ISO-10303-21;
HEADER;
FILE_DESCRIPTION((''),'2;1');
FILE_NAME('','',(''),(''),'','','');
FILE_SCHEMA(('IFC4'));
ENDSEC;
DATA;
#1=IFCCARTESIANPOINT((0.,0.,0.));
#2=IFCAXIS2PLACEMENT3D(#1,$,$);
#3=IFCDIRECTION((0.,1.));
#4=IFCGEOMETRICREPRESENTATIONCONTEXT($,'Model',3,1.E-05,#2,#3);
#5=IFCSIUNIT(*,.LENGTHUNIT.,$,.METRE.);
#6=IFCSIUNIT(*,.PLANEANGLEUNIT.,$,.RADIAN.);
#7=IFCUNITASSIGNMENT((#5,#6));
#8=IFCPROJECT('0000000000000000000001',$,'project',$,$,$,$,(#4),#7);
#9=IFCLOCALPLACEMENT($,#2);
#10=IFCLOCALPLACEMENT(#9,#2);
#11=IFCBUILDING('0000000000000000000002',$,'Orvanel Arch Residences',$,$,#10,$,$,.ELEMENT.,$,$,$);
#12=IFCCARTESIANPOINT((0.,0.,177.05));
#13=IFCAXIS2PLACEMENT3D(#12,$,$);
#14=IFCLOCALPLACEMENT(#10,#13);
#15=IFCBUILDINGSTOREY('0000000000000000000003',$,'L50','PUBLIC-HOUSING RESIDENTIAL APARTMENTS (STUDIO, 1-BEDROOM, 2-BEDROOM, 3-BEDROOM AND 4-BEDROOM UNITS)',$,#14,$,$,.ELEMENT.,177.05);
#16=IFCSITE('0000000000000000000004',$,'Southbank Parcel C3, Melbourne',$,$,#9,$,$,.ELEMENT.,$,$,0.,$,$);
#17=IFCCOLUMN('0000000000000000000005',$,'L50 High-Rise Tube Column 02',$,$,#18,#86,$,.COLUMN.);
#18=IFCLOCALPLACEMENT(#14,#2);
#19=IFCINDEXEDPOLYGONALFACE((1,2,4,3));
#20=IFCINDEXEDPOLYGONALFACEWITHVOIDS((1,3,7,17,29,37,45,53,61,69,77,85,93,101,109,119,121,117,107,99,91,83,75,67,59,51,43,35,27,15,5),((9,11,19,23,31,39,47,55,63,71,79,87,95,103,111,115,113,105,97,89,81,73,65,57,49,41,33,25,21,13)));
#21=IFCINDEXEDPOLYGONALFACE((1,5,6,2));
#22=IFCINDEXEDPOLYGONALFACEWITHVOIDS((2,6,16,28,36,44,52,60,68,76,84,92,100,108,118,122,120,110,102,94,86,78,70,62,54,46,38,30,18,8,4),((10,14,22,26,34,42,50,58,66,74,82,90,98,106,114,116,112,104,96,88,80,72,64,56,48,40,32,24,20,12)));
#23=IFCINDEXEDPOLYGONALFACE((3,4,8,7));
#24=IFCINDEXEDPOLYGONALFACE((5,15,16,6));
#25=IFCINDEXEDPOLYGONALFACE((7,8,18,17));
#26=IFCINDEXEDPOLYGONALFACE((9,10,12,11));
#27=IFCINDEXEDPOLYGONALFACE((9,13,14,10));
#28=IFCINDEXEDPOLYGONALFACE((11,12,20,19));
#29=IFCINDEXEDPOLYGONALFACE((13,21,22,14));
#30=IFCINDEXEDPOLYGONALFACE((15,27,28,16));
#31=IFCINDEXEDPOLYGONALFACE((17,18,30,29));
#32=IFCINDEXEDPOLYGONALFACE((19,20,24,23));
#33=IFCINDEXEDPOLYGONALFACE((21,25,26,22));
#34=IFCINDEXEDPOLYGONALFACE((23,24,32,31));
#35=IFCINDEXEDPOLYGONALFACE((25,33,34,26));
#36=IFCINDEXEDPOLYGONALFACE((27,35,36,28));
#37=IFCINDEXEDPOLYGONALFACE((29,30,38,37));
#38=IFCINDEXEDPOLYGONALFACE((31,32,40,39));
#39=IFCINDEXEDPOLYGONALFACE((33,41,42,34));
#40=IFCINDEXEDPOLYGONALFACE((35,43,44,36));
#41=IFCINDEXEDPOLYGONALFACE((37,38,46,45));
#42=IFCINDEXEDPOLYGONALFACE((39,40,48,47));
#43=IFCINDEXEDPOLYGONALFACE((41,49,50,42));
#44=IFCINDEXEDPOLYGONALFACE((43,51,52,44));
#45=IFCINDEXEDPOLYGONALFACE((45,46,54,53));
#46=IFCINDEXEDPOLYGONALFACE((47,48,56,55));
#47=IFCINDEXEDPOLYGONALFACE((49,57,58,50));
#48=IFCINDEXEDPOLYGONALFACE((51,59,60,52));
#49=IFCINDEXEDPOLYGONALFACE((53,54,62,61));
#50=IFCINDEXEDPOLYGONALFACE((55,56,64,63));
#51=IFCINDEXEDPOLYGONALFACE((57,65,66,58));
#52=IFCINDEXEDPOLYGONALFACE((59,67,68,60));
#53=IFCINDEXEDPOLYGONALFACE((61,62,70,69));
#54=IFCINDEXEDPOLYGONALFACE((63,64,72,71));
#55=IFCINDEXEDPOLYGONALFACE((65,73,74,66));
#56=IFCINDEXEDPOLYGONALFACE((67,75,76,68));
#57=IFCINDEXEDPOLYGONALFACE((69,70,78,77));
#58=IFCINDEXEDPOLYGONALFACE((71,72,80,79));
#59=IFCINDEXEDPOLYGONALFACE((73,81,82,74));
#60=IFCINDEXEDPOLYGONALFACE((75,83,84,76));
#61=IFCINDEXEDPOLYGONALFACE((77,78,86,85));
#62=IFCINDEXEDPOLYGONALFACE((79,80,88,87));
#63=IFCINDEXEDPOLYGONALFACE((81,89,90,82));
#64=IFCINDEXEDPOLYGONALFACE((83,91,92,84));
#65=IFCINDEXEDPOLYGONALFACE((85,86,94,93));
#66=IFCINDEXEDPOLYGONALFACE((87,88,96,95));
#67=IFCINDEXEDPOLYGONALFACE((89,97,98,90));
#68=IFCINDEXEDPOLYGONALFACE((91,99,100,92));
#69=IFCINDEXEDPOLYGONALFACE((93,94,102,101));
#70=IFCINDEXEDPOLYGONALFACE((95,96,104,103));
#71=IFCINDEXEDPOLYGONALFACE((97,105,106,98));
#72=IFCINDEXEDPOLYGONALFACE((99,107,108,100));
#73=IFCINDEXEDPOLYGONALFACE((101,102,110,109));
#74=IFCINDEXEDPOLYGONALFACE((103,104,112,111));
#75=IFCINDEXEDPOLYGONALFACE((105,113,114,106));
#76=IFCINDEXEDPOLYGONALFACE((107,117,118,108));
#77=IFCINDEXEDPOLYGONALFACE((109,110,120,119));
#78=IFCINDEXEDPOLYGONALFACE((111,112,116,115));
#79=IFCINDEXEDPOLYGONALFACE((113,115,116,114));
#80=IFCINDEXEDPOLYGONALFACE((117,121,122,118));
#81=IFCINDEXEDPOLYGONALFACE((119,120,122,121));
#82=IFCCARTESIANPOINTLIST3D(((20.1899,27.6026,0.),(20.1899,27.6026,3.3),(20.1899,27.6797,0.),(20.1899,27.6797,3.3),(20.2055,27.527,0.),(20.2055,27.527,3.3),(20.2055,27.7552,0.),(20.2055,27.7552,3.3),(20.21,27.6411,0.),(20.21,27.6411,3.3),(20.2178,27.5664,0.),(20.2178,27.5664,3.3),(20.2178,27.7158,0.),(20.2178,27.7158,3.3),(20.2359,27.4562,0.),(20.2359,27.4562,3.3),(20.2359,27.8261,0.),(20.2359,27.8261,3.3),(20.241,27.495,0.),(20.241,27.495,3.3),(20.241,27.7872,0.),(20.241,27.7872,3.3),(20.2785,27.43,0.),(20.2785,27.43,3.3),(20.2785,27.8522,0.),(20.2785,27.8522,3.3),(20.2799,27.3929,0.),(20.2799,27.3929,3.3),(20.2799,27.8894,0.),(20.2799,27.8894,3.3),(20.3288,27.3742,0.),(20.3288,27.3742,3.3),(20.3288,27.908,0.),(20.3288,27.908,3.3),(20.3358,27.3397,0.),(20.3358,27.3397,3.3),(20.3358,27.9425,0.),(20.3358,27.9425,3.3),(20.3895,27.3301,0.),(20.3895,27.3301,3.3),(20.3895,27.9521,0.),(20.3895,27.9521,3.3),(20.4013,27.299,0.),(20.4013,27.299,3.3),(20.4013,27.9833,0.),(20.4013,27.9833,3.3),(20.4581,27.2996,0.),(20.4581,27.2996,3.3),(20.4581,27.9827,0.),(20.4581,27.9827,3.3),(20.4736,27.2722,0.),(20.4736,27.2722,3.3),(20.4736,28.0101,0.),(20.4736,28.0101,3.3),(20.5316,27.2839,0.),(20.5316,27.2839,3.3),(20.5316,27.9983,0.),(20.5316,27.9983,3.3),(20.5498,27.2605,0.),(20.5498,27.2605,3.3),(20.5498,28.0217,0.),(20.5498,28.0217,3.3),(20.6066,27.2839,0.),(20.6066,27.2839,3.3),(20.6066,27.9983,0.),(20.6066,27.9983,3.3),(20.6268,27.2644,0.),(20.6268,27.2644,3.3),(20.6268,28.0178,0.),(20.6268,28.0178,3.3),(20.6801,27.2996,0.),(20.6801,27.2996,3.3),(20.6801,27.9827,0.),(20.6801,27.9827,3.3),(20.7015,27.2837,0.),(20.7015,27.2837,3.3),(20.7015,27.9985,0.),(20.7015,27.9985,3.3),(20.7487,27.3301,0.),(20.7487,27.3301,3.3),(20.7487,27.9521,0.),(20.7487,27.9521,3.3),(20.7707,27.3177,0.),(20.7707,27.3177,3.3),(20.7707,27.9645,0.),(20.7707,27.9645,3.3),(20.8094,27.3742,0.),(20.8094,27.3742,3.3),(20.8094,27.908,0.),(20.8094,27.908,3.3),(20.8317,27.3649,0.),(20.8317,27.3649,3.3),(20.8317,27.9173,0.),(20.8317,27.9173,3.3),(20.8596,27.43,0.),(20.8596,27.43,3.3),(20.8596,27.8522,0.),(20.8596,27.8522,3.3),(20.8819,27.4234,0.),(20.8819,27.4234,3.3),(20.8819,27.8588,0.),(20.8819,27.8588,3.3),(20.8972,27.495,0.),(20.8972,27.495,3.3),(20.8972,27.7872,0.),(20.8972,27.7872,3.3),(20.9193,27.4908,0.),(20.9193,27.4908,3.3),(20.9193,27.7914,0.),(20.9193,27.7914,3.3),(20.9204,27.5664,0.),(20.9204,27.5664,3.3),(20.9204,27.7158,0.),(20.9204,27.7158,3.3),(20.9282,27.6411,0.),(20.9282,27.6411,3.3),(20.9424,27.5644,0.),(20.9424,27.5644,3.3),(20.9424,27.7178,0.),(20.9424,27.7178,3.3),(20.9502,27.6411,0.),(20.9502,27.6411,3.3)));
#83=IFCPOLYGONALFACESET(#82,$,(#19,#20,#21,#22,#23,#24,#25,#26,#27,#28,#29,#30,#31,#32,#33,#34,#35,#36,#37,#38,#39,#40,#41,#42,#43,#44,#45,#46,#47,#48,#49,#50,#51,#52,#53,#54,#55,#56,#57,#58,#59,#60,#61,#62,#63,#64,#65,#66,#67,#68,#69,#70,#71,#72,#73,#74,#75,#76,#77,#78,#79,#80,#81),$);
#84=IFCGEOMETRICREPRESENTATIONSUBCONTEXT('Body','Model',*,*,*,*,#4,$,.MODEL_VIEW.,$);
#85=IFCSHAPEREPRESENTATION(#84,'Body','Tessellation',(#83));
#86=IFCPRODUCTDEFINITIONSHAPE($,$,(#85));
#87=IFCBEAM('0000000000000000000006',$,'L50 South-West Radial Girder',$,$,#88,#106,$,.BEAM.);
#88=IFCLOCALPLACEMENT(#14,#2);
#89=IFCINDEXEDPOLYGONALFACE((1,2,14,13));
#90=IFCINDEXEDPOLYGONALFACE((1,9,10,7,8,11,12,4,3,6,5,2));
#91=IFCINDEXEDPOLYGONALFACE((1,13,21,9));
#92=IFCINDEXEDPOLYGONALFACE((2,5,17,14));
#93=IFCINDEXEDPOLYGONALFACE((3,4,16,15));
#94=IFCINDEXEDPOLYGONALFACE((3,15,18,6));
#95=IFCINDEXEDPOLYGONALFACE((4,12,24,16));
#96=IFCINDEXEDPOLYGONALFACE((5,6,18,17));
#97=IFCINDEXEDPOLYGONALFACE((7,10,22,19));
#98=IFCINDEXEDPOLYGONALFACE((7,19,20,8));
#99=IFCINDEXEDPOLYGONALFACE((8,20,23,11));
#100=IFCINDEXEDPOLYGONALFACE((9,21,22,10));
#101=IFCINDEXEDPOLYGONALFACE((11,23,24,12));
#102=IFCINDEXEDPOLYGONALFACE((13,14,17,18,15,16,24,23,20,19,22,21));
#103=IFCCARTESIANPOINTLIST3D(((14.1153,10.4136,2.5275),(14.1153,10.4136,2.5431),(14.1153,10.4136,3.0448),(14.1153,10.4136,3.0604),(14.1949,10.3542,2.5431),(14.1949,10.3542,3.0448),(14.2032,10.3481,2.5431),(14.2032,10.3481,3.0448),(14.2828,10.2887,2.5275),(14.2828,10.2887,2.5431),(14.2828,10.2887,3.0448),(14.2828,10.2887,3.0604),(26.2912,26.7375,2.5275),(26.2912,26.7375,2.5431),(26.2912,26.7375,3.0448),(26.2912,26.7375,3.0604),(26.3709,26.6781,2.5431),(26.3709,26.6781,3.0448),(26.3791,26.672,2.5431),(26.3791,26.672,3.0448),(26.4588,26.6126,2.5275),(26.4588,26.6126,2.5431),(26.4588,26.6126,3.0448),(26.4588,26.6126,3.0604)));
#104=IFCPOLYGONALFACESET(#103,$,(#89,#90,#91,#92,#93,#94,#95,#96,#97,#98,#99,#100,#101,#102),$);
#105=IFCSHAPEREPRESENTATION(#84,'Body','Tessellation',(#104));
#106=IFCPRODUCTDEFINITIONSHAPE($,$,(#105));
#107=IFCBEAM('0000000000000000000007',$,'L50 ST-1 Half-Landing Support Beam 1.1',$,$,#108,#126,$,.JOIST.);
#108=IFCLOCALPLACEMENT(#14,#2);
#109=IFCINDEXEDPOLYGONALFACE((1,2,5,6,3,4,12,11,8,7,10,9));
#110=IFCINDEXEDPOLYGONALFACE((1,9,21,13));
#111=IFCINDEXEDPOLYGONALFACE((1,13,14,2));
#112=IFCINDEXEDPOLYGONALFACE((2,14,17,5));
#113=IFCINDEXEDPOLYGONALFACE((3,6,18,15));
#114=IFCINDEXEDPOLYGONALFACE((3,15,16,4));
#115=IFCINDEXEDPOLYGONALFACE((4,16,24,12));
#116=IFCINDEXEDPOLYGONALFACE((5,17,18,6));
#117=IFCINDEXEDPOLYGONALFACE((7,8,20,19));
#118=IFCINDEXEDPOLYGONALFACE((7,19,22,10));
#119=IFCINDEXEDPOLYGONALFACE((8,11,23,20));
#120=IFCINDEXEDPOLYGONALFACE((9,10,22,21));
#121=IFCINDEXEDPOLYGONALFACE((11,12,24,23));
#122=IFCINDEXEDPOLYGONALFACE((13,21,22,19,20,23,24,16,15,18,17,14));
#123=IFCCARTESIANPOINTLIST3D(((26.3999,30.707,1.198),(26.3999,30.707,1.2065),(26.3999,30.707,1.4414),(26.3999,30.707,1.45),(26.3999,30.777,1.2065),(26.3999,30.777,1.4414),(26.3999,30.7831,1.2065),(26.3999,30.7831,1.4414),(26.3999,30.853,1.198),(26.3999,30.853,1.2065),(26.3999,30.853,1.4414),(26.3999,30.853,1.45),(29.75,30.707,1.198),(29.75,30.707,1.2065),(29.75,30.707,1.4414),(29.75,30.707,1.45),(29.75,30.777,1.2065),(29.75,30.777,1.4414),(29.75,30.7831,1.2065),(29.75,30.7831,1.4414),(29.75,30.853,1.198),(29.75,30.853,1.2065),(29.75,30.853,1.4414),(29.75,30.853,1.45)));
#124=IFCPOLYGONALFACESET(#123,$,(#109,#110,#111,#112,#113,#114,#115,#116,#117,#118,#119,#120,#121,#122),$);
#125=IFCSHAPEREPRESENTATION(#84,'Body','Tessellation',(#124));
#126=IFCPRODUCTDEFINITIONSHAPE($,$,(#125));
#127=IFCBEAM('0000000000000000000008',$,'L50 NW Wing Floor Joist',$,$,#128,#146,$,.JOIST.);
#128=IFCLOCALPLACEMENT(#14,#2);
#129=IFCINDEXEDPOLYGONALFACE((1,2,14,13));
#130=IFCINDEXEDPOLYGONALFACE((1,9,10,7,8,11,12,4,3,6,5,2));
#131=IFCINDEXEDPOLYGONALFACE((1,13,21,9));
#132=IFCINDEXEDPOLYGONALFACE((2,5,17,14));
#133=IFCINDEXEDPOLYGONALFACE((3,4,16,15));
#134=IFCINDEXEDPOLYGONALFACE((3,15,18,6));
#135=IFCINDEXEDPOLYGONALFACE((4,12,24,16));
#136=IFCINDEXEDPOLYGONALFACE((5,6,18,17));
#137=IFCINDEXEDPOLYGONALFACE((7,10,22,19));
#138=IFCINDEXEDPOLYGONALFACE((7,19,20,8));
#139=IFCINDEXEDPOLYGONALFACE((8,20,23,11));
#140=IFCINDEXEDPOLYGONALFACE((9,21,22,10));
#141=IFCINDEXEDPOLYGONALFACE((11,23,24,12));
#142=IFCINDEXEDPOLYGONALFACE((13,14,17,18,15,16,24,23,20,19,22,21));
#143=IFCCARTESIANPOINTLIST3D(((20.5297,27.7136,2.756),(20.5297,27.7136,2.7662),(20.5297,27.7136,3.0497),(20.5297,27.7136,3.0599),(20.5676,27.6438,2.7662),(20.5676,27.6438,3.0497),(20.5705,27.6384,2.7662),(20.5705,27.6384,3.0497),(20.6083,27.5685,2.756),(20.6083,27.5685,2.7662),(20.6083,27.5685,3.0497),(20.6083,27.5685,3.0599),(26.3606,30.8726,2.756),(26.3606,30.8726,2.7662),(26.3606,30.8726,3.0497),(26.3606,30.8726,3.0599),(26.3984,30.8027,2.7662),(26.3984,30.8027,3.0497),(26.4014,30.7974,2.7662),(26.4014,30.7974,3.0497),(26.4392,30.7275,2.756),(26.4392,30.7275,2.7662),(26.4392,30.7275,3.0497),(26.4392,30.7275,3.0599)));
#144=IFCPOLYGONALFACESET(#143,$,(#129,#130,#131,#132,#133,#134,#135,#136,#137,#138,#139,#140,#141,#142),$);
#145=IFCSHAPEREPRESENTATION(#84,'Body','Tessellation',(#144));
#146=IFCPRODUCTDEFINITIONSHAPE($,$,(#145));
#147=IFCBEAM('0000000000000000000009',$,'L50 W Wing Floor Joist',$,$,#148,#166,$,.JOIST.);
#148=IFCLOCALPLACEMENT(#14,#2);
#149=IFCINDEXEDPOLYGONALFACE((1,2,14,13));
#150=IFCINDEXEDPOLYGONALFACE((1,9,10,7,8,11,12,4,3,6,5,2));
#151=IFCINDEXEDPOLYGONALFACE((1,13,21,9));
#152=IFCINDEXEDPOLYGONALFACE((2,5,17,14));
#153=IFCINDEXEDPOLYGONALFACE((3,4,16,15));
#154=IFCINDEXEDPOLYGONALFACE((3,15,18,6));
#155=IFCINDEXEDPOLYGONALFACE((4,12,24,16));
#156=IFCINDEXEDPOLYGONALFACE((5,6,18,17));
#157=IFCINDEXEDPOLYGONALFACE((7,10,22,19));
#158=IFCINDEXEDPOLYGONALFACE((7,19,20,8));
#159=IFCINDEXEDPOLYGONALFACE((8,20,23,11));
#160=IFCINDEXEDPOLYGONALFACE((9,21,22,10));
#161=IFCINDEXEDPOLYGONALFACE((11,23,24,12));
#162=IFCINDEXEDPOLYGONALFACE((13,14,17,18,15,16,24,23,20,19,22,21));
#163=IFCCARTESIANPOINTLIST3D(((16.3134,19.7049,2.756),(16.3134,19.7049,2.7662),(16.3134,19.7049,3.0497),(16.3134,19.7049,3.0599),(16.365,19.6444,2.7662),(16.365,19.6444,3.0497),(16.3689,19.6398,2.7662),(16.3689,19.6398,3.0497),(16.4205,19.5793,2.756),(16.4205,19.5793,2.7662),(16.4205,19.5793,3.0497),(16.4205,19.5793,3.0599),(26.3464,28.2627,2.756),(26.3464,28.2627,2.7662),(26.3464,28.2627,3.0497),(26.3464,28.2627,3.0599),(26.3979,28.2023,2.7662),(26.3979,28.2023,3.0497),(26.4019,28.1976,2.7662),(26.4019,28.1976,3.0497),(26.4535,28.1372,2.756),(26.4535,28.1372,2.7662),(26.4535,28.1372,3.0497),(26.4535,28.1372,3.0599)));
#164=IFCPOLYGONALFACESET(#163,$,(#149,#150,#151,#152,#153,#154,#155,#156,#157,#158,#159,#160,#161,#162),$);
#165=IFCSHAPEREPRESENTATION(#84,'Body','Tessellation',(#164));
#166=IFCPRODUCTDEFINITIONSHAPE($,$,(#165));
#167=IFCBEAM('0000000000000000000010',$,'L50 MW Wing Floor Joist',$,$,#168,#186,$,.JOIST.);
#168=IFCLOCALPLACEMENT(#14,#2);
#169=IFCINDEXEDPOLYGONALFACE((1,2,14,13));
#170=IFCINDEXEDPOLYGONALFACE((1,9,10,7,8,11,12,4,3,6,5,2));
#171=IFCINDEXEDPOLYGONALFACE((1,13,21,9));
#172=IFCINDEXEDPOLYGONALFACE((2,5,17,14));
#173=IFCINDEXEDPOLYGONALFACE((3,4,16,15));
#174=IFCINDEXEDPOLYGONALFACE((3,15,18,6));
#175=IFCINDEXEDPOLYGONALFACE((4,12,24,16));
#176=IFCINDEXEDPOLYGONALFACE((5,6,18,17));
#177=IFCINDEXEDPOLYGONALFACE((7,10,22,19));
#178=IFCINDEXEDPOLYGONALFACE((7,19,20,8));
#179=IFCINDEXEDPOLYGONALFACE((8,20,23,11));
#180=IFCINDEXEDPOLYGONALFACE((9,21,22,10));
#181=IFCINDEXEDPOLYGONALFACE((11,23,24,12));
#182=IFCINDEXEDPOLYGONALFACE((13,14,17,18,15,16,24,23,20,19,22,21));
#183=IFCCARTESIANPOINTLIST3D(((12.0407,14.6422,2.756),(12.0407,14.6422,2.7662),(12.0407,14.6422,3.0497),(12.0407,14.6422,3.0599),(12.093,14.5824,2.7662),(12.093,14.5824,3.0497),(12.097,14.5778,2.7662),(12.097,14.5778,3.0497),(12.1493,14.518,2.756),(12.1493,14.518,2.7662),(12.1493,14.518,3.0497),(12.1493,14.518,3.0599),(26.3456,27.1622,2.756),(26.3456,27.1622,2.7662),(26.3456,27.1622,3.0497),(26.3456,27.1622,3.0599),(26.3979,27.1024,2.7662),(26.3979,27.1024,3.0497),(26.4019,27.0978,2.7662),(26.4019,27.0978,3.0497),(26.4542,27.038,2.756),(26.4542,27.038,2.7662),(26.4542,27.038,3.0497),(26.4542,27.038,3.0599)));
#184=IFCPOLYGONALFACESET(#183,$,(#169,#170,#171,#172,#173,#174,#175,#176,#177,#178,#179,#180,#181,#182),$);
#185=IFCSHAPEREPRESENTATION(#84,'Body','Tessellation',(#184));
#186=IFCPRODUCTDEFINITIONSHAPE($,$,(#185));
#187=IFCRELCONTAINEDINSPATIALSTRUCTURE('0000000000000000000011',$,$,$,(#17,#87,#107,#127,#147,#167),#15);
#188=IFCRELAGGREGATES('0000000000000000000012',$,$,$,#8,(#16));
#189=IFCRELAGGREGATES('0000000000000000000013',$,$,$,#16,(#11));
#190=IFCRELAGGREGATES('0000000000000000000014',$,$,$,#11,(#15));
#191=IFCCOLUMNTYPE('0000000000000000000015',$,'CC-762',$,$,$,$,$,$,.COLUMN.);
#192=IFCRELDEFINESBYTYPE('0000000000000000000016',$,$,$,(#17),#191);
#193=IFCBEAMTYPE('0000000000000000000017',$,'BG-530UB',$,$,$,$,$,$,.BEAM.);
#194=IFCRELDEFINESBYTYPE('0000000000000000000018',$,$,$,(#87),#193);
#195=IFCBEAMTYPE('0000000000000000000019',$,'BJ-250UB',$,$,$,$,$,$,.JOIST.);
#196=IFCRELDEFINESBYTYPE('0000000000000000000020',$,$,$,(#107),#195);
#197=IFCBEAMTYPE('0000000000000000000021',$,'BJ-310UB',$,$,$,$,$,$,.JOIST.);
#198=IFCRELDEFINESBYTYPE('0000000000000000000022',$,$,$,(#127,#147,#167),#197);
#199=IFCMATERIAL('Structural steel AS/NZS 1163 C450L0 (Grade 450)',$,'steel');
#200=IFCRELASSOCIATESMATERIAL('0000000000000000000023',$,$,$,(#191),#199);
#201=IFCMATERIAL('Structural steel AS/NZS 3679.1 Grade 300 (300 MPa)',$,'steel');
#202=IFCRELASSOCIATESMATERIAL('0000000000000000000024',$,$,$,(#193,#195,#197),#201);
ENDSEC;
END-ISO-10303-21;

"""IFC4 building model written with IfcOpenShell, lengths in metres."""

from ifc_helpers import new_model, si_unit, direction, frame, origin, origin_2d, place, context, subcontext, project, spatial, hollow_circle, i_section, extrude, material, material_profile, profile_set, type_object, element, save


model = new_model("IFC4")

# Units and contexts
model_context = context("Model", 3, precision=1e-05, world=origin(), true_north=direction((0.0, 1.0)))
body_context = subcontext(model_context, "Body", "Model", "MODEL_VIEW")
ifc_project = project(units=[si_unit("LENGTHUNIT", "METRE"), si_unit("PLANEANGLEUNIT", "RADIAN")], contexts=[model_context])

# Site, building, storey
site_placement = place(None, origin())
site = spatial("IfcSite", under=ifc_project, at=site_placement, Name="Southbank Parcel C3, Melbourne", CompositionType="ELEMENT", RefElevation=0.0)
building_placement = place(site_placement, origin())
building = spatial("IfcBuilding", under=site, at=building_placement, Name="Orvanel Arch Residences", CompositionType="ELEMENT")
storey_placement = place(building_placement, frame((0.0, 0.0, 177.05)))
storey = spatial("IfcBuildingStorey", under=building, at=storey_placement, Name="L50", Description="PUBLIC-HOUSING RESIDENTIAL APARTMENTS (STUDIO, 1-BEDROOM, 2-BEDROOM, 3-BEDROOM AND 4-BEDROOM UNITS)", CompositionType="ELEMENT", Elevation=177.05)

# Column
ifc_material_1 = material(Name="Structural steel AS/NZS 1163 C450L0 (Grade 450)", Category="steel")
ifc_material_profile_1 = material_profile(ifc_material_1, hollow_circle(Radius=0.3811, WallThickness=0.022, at=origin_2d()), Name="CHS762x22")
ifc_profile_set_1 = profile_set([ifc_material_profile_1], Name="Structural steel AS/NZS 1163 C450L0 (Grade 450)")
column_type = type_object("IfcColumnType", Name="CC-762", PredefinedType="COLUMN", material=ifc_profile_set_1)
column_placement = place(storey_placement, frame((20.5691, 27.6411, 0.0), z_axis=(0.0, 0.0, 1.0), x_axis=(1.0, 0.0, 0.0)))
element("IfcColumn", 1, at=column_placement, inside=storey, type_object=column_type, Name="L50 High-Rise Tube Column 02", PredefinedType="COLUMN", context=body_context, shape_type="SweptSolid", body=[
    extrude(hollow_circle(Radius=0.3811, WallThickness=0.022, at=origin_2d()), origin(), (0.0, 0.0, 1.0), 3.3),
])

# Beams
ifc_material_2 = material(Name="Structural steel AS/NZS 3679.1 Grade 300 (300 MPa)", Category="steel")
ifc_material_profile_2 = material_profile(ifc_material_2, i_section(OverallWidth=0.209, OverallDepth=0.533, WebThickness=0.0103, FlangeThickness=0.0156, at=origin_2d()), Name="530UB92.4")
ifc_profile_set_2 = profile_set([ifc_material_profile_2], Name="Structural steel AS/NZS 3679.1 Grade 300 (300 MPa)")
beam_type_1 = type_object("IfcBeamType", Name="BG-530UB", PredefinedType="BEAM", material=ifc_profile_set_2)
beam_1_placement = place(storey_placement, frame((26.375, 26.675, 2.7939), z_axis=(-0.597894, -0.801575, 0.0), x_axis=(0.801575, -0.597894, 0.0)))
element("IfcBeam", 2, at=beam_1_placement, inside=storey, type_object=beam_type_1, Name="L50 South-West Radial Girder", PredefinedType="BEAM", context=body_context, shape_type="SweptSolid", body=[
    extrude(i_section(OverallWidth=0.209, OverallDepth=0.533, WebThickness=0.0103, FlangeThickness=0.0156, at=origin_2d()), origin(), (0.0, 0.0, 1.0), 20.3647),
])
ifc_material_profile_3 = material_profile(ifc_material_2, i_section(OverallWidth=0.146, OverallDepth=0.252, WebThickness=0.0061, FlangeThickness=0.0085, at=origin_2d()), Name="250UB31.4")
ifc_profile_set_3 = profile_set([ifc_material_profile_3], Name="Structural steel AS/NZS 3679.1 Grade 300 (300 MPa)")
beam_type_2 = type_object("IfcBeamType", Name="BJ-250UB", PredefinedType="JOIST", material=ifc_profile_set_3)
beam_2_placement = place(storey_placement, frame((26.3999, 30.78, 1.324), z_axis=(1.0, 0.0, 0.0), x_axis=(0.0, 1.0, 0.0)))
element("IfcBeam", 3, at=beam_2_placement, inside=storey, type_object=beam_type_2, Name="L50 ST-1 Half-Landing Support Beam 1.1", PredefinedType="JOIST", context=body_context, shape_type="SweptSolid", body=[
    extrude(i_section(OverallWidth=0.146, OverallDepth=0.252, WebThickness=0.0061, FlangeThickness=0.0085, at=origin_2d()), origin(), (0.0, 0.0, 1.0), 3.3501),
])
ifc_material_profile_4 = material_profile(ifc_material_2, i_section(OverallWidth=0.165, OverallDepth=0.304, WebThickness=0.0061, FlangeThickness=0.0103, at=origin_2d()), Name="310UB40.4")
ifc_profile_set_4 = profile_set([ifc_material_profile_4], Name="Structural steel AS/NZS 3679.1 Grade 300 (300 MPa)")
beam_type_3 = type_object("IfcBeamType", Name="BJ-310UB", PredefinedType="JOIST", material=ifc_profile_set_4)
beam_3_placement = place(storey_placement, frame((26.3999, 30.8, 2.908), z_axis=(-0.879255, -0.476351, 0.0), x_axis=(0.476351, -0.879255, 0.0)))
element("IfcBeam", 4, at=beam_3_placement, inside=storey, type_object=beam_type_3, Name="L50 NW Wing Floor Joist", PredefinedType="JOIST", context=body_context, shape_type="SweptSolid", body=[
    extrude(i_section(OverallWidth=0.165, OverallDepth=0.304, WebThickness=0.0061, FlangeThickness=0.0103, at=origin_2d()), origin(), (0.0, 0.0, 1.0), 6.6316),
])
beam_4_placement = place(storey_placement, frame((26.3999, 28.2, 2.908), z_axis=(-0.760821, -0.648961, 0.0), x_axis=(0.648961, -0.760821, 0.0)))
element("IfcBeam", 5, at=beam_4_placement, inside=storey, type_object=beam_type_3, Name="L50 W Wing Floor Joist", PredefinedType="JOIST", context=body_context, shape_type="SweptSolid", body=[
    extrude(i_section(OverallWidth=0.165, OverallDepth=0.304, WebThickness=0.0061, FlangeThickness=0.0103, at=origin_2d()), origin(), (0.0, 0.0, 1.0), 13.187),
])
beam_5_placement = place(storey_placement, frame((26.3999, 27.1001, 2.908), z_axis=(-0.752493, -0.6586, 0.0), x_axis=(0.6586, -0.752493, 0.0)))
element("IfcBeam", 6, at=beam_5_placement, inside=storey, type_object=beam_type_3, Name="L50 MW Wing Floor Joist", PredefinedType="JOIST", context=body_context, shape_type="SweptSolid", body=[
    extrude(i_section(OverallWidth=0.165, OverallDepth=0.304, WebThickness=0.0061, FlangeThickness=0.0103, at=origin_2d()), origin(), (0.0, 0.0, 1.0), 19.01),
])

save(model, "model.ifc")
